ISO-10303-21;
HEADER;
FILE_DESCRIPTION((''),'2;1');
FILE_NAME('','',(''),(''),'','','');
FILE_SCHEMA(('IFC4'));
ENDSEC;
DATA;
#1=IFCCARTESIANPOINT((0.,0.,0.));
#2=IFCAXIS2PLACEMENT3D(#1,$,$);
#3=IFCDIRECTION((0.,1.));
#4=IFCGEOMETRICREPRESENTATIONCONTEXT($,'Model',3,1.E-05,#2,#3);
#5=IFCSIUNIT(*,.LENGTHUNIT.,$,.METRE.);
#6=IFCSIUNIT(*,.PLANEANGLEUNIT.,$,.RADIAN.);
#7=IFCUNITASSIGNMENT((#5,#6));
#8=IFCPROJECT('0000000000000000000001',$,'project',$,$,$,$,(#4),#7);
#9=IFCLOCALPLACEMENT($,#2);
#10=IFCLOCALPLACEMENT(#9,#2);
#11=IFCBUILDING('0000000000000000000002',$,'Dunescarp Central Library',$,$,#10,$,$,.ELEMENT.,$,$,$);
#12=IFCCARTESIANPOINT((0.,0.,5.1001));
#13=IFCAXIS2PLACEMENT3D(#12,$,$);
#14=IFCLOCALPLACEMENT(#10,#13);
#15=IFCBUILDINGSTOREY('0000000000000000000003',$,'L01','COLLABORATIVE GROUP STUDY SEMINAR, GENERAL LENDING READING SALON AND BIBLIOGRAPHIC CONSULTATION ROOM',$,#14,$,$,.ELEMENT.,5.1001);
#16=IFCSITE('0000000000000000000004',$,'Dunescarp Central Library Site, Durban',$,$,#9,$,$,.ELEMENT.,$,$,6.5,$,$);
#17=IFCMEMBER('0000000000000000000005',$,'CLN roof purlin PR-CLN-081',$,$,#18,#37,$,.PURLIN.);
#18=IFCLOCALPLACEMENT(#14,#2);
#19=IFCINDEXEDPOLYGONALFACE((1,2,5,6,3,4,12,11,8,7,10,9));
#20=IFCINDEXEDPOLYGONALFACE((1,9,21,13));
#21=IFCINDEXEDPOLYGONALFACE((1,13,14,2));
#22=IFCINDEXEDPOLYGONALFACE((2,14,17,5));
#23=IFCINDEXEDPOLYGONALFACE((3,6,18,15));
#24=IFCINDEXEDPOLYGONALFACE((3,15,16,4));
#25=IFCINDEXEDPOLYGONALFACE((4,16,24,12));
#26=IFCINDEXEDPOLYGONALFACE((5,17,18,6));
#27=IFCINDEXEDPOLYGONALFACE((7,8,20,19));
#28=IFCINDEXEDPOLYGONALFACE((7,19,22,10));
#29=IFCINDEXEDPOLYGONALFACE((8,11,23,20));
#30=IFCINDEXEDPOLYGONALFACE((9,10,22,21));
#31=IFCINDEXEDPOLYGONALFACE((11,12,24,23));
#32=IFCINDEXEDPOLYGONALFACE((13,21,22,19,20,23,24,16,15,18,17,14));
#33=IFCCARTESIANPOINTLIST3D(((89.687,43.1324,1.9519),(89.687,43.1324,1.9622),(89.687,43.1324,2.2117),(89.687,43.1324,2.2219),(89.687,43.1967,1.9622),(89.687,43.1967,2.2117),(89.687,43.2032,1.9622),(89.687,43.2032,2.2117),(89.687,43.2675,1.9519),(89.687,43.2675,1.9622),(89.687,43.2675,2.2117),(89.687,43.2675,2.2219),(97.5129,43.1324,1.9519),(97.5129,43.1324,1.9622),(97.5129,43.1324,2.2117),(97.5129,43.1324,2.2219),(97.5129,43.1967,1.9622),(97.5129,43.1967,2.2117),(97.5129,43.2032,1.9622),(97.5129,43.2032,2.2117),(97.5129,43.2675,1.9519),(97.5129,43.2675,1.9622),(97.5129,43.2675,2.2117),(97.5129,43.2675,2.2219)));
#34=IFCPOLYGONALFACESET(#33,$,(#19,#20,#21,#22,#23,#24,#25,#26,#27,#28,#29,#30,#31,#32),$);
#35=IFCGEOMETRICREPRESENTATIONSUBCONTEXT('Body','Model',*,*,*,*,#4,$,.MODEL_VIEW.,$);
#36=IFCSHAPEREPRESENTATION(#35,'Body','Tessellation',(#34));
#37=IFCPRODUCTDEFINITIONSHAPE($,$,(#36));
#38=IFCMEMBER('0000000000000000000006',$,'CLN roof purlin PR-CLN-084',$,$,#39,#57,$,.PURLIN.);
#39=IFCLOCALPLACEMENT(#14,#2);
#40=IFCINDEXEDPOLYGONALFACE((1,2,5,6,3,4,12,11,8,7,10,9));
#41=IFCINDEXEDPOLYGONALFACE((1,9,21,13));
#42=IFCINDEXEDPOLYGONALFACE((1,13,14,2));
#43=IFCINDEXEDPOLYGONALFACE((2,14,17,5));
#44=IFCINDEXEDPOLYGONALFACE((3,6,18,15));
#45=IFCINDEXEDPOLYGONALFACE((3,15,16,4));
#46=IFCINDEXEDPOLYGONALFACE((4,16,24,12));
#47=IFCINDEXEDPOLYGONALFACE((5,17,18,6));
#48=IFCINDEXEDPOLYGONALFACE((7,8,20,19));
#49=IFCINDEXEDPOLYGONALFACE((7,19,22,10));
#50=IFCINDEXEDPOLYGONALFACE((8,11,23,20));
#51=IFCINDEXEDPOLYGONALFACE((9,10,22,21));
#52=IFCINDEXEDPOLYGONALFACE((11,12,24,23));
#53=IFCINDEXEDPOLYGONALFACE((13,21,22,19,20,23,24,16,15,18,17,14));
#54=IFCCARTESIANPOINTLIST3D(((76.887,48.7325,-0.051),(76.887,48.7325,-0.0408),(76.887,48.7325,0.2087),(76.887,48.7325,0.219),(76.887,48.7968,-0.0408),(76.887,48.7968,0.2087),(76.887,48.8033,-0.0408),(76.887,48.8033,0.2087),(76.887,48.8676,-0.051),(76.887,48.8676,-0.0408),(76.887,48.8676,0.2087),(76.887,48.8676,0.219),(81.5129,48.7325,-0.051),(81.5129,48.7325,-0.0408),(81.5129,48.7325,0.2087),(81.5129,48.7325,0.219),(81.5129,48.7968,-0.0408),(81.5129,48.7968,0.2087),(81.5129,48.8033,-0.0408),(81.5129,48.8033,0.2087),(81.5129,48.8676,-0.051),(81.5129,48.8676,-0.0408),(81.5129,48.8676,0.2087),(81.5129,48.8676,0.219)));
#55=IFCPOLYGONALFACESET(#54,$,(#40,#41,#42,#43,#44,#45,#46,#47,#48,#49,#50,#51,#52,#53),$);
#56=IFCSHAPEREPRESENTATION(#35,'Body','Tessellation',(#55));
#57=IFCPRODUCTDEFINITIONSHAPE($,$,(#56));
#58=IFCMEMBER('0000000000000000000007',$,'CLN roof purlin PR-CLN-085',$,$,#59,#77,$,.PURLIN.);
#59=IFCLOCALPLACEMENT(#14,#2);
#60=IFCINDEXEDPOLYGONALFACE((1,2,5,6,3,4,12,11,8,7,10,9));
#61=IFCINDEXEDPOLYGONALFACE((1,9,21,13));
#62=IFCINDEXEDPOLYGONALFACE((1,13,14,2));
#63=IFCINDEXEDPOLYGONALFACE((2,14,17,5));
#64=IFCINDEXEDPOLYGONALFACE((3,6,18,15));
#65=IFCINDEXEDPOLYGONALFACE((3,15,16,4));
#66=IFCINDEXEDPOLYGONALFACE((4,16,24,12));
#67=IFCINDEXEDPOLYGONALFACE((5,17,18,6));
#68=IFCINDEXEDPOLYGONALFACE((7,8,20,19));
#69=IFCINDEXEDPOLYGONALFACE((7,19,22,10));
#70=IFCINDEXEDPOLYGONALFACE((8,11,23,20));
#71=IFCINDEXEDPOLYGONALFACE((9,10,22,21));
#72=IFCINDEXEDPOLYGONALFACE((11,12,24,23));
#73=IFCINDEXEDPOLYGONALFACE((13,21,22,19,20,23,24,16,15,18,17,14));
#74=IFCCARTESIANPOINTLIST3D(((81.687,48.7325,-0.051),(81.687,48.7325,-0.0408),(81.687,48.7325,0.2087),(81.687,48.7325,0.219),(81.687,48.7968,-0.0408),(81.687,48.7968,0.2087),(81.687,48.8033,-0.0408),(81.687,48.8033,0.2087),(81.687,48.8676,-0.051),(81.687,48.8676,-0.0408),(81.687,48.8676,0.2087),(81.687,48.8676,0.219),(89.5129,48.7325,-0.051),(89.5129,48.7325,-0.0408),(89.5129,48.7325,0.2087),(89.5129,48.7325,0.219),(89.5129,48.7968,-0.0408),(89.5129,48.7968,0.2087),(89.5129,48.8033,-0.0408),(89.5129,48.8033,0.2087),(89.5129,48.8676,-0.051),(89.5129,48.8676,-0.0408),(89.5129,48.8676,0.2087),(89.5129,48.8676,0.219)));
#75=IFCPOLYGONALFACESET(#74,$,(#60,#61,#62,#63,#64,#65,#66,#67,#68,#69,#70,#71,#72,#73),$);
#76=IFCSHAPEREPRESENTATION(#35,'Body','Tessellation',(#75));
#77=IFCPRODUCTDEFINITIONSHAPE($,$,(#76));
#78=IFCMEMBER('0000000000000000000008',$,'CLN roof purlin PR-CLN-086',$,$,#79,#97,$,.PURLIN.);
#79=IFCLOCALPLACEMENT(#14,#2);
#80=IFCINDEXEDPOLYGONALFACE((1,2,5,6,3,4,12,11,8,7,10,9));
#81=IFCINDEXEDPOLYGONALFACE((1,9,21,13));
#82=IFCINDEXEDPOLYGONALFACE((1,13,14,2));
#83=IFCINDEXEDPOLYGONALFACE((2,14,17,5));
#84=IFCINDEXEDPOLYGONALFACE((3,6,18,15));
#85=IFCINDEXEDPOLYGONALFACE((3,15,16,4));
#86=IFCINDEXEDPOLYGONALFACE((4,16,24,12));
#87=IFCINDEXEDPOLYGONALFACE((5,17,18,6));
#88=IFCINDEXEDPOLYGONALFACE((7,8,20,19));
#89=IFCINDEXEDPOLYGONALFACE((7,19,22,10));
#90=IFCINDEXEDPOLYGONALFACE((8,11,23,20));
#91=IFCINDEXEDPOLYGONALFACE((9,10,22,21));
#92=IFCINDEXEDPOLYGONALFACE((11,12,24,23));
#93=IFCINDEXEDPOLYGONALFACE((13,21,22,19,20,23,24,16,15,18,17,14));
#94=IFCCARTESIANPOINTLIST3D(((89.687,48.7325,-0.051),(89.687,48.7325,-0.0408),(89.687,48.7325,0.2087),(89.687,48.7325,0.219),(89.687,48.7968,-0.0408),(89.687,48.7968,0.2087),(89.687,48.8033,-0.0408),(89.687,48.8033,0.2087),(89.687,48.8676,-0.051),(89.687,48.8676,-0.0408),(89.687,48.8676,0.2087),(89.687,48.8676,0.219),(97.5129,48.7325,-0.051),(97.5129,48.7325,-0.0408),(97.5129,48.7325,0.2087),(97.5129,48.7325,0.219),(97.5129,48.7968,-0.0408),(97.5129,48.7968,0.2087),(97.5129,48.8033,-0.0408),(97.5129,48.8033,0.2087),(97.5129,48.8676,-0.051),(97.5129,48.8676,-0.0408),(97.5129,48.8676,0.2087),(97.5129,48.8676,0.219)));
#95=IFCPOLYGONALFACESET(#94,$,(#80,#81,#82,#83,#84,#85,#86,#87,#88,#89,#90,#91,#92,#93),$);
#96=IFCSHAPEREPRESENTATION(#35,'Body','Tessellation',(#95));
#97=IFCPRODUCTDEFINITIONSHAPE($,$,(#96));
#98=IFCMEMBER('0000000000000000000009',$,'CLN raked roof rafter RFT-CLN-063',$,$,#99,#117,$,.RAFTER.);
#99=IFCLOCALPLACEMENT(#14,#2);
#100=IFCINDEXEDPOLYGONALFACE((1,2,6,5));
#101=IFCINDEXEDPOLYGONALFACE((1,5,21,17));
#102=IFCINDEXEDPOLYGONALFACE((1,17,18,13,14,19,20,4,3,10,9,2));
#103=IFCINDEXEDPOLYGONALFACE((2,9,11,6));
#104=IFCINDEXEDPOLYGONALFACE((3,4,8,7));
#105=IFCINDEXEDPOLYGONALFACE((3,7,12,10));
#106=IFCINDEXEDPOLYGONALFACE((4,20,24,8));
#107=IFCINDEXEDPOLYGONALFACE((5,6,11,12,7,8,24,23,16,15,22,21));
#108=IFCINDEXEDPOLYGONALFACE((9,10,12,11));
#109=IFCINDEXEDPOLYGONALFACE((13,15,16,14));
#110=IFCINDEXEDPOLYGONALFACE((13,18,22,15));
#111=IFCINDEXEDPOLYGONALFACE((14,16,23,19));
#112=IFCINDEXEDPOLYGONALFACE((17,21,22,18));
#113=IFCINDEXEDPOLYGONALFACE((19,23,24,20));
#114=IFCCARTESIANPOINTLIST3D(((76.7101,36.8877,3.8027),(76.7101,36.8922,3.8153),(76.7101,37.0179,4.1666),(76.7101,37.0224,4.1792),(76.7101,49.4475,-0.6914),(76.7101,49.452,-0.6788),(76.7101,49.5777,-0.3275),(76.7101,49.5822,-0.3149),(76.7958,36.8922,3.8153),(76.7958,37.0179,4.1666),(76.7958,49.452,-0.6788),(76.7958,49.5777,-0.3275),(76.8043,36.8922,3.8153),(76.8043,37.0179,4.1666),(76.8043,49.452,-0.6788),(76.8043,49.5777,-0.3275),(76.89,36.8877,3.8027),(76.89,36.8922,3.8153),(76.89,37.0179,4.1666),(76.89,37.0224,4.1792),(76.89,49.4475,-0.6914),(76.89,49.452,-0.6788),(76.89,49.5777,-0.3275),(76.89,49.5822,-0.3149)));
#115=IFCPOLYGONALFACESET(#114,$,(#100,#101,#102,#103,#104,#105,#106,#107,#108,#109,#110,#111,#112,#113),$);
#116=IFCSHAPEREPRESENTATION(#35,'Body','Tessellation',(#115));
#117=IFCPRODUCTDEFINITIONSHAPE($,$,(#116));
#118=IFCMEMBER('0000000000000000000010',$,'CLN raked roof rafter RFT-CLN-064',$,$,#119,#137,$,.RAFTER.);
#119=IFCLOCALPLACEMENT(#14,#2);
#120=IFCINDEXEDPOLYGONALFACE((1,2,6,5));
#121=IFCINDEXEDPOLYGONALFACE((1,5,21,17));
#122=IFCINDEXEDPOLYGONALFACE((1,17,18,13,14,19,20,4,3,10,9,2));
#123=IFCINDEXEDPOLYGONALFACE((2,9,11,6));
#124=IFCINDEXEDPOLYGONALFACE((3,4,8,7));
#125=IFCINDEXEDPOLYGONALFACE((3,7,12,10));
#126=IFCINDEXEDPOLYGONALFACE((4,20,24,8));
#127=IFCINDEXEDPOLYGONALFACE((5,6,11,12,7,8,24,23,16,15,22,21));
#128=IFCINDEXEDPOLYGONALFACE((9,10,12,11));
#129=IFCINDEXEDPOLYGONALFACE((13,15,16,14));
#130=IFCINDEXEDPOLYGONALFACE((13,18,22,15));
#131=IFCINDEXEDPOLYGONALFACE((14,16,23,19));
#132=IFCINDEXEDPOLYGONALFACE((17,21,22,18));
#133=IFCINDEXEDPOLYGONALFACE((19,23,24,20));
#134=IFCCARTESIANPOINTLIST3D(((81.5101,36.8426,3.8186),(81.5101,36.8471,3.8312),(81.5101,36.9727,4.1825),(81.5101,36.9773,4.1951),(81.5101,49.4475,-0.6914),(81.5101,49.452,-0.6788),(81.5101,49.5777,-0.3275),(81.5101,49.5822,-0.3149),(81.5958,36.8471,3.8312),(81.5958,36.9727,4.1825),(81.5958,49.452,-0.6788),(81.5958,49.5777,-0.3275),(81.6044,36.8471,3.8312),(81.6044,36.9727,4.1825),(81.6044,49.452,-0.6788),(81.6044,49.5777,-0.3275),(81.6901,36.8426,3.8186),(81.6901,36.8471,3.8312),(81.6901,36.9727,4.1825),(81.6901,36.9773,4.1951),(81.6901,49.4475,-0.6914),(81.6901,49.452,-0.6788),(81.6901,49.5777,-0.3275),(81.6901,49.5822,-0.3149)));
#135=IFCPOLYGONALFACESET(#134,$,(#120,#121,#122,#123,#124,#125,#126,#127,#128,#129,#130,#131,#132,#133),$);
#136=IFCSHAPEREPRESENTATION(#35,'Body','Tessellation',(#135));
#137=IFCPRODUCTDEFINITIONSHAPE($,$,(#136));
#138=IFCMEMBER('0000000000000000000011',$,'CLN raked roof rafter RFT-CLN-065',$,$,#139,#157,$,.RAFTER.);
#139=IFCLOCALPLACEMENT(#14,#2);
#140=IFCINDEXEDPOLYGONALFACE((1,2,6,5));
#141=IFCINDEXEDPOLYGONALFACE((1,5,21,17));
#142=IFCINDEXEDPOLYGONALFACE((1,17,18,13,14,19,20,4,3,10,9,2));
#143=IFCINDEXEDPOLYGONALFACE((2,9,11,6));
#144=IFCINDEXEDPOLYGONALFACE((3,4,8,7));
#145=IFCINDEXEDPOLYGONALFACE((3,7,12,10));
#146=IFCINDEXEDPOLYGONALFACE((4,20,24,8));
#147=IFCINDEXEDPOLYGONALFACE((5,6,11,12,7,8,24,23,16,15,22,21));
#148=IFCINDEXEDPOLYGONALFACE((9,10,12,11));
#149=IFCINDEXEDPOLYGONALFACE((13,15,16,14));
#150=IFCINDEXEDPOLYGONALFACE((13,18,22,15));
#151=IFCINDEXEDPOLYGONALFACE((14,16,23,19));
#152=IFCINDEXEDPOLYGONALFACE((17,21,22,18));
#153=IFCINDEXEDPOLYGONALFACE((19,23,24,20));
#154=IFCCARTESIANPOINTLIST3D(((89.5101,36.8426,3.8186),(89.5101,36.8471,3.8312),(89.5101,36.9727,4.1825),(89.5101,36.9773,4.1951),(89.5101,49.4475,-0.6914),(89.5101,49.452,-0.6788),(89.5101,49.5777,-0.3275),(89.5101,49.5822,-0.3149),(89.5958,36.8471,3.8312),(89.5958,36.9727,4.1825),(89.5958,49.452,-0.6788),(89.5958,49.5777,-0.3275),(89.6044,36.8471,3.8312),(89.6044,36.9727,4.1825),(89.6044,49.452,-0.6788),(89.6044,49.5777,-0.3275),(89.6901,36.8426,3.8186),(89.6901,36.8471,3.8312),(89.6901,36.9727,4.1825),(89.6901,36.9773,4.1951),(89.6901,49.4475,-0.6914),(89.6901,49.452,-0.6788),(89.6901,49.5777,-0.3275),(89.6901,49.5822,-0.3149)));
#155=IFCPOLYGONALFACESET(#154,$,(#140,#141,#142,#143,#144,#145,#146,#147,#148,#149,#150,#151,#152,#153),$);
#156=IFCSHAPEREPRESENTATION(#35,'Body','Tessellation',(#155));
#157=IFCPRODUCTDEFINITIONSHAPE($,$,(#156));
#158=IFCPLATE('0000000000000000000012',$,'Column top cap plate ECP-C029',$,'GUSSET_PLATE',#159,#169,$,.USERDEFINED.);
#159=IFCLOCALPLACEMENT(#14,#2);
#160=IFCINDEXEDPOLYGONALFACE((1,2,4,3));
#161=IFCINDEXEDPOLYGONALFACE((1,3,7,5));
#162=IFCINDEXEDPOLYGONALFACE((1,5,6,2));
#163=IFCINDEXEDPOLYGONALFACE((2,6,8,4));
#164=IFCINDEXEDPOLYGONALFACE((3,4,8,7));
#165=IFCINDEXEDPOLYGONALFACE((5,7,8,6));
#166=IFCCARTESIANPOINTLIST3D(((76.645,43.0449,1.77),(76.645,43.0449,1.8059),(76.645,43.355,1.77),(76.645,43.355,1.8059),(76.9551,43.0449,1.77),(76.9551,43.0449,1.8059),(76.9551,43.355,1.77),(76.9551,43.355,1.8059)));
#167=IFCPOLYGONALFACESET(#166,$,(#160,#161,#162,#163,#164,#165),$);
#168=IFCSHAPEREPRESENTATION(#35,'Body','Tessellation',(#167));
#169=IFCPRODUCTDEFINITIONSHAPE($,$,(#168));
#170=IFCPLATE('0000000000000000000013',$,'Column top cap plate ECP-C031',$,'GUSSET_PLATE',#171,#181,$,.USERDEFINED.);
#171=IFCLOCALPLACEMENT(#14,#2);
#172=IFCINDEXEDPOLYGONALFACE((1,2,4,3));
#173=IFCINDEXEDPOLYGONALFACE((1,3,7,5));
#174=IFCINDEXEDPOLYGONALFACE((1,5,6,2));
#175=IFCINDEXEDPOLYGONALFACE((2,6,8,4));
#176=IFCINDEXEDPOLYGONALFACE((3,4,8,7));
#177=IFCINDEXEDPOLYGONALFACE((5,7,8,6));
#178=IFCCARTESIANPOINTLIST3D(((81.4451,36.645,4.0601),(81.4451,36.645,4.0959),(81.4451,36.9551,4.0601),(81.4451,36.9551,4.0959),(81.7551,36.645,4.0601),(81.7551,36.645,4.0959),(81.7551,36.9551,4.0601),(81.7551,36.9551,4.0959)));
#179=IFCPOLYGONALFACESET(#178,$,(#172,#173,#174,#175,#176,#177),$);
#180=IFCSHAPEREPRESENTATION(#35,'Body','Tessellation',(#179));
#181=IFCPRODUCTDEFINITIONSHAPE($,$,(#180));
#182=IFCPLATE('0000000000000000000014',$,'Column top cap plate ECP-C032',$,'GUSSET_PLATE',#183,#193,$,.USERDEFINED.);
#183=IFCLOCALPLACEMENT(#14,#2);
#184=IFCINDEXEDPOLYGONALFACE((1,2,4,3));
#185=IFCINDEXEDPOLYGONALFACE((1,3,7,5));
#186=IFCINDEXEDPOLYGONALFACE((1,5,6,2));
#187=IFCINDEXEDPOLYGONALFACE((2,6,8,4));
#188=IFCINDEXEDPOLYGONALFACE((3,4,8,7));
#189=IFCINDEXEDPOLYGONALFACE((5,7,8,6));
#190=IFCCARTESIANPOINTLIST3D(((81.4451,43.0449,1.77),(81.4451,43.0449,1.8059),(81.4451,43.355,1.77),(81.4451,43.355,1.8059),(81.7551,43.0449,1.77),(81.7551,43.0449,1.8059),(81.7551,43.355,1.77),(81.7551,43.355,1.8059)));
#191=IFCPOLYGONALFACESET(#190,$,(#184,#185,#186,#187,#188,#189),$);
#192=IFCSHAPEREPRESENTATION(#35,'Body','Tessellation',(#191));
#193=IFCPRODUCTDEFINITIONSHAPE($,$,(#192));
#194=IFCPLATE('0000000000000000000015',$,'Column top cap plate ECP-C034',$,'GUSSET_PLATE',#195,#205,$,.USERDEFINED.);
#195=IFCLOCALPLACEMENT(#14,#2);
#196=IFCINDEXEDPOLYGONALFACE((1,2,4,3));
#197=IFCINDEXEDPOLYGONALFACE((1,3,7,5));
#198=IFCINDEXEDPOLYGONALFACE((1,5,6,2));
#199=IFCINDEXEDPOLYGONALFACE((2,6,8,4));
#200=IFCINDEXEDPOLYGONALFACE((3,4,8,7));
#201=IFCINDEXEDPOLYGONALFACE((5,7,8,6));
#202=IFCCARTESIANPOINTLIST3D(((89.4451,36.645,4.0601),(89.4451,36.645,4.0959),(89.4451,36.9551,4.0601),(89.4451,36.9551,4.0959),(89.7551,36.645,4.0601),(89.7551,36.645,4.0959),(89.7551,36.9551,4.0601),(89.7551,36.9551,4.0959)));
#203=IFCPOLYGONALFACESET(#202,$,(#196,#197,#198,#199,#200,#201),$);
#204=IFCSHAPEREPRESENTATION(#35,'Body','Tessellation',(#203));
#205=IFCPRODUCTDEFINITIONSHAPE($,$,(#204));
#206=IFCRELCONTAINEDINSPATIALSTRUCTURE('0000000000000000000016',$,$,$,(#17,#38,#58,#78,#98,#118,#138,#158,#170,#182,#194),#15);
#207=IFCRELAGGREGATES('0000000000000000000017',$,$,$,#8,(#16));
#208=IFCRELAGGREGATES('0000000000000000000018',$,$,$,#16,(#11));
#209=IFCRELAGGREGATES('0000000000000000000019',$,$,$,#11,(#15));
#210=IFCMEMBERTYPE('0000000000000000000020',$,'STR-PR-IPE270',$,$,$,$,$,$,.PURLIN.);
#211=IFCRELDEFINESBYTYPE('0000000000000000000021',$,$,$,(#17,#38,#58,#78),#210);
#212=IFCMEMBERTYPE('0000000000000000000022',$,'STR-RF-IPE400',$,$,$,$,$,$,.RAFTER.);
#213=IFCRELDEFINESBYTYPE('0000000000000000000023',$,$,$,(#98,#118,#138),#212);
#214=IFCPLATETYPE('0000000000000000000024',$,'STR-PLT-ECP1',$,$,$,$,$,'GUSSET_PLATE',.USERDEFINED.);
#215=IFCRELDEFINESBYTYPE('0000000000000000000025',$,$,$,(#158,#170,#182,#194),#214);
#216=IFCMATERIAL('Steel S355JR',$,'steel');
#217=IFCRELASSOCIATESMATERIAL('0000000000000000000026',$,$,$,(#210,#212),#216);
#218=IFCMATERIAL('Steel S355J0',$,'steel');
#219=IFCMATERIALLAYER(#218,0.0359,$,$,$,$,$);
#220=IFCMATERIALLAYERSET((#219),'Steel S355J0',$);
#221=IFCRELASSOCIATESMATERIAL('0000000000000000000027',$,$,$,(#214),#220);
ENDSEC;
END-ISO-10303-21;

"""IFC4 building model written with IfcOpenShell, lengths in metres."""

from ifc_helpers import new_model, si_unit, direction, frame, origin, origin_2d, place, context, subcontext, project, spatial, rectangle, i_section, extrude, material, layer, layer_set, material_profile, profile_set, type_object, element, save


model = new_model("IFC4")

# Units and contexts
model_context = context("Model", 3, precision=1e-05, world=origin(), true_north=direction((0.0, 1.0)))
body_context = subcontext(model_context, "Body", "Model", "MODEL_VIEW")
ifc_project = project(units=[si_unit("LENGTHUNIT", "METRE"), si_unit("PLANEANGLEUNIT", "RADIAN")], contexts=[model_context])

# Site, building, storey
site_placement = place(None, origin())
site = spatial("IfcSite", under=ifc_project, at=site_placement, Name="Dunescarp Central Library Site, Durban", CompositionType="ELEMENT", RefElevation=6.5)
building_placement = place(site_placement, origin())
building = spatial("IfcBuilding", under=site, at=building_placement, Name="Dunescarp Central Library", CompositionType="ELEMENT")
storey_placement = place(building_placement, frame((0.0, 0.0, 5.1001)))
storey = spatial("IfcBuildingStorey", under=building, at=storey_placement, Name="L01", Description="COLLABORATIVE GROUP STUDY SEMINAR, GENERAL LENDING READING SALON AND BIBLIOGRAPHIC CONSULTATION ROOM", CompositionType="ELEMENT", Elevation=5.1001)

# Shared definitions
ifc_material_1 = material(Name="Steel S355J0", Category="steel")

# Members
ifc_material_2 = material(Name="Steel S355JR", Category="steel")
ifc_material_profile_1 = material_profile(ifc_material_2, i_section(OverallWidth=0.135, OverallDepth=0.27, WebThickness=0.0066, FlangeThickness=0.0103, at=origin_2d()), Name="IPE 270")
ifc_profile_set_1 = profile_set([ifc_material_profile_1], Name="Steel S355JR")
member_type_1 = type_object("IfcMemberType", Name="STR-PR-IPE270", PredefinedType="PURLIN", material=ifc_profile_set_1)
for number, where, z_axis, x_axis, name in (
    (1, (89.687, 43.2, 2.0869), (1.0, 0.0, 0.0), (0.0, 1.0, 0.0), "CLN roof purlin PR-CLN-081"),
):
    element("IfcMember", number, at=place(storey_placement, frame(where, z_axis=z_axis, x_axis=x_axis)), inside=storey, type_object=member_type_1, Name=name, PredefinedType="PURLIN", context=body_context, shape_type="SweptSolid", body=[
        extrude(i_section(OverallWidth=0.135, OverallDepth=0.27, WebThickness=0.0066, FlangeThickness=0.0103, at=origin_2d()), origin(), (0.0, 0.0, 1.0), 7.8259),
    ])
member_1_placement = place(storey_placement, frame((76.887, 48.8, 0.084), z_axis=(1.0, 0.0, 0.0), x_axis=(0.0, 1.0, 0.0)))
element("IfcMember", 2, at=member_1_placement, inside=storey, type_object=member_type_1, Name="CLN roof purlin PR-CLN-084", PredefinedType="PURLIN", context=body_context, shape_type="SweptSolid", body=[
    extrude(i_section(OverallWidth=0.135, OverallDepth=0.27, WebThickness=0.0066, FlangeThickness=0.0103, at=origin_2d()), origin(), (0.0, 0.0, 1.0), 4.626),
])
for number, where, z_axis, x_axis, name in (
    (3, (81.687, 48.8, 0.084), (1.0, 0.0, 0.0), (0.0, 1.0, 0.0), "CLN roof purlin PR-CLN-085"),
    (4, (89.687, 48.8, 0.084), (1.0, 0.0, 0.0), (0.0, 1.0, 0.0), "CLN roof purlin PR-CLN-086"),
):
    element("IfcMember", number, at=place(storey_placement, frame(where, z_axis=z_axis, x_axis=x_axis)), inside=storey, type_object=member_type_1, Name=name, PredefinedType="PURLIN", context=body_context, shape_type="SweptSolid", body=[
        extrude(i_section(OverallWidth=0.135, OverallDepth=0.27, WebThickness=0.0066, FlangeThickness=0.0103, at=origin_2d()), origin(), (0.0, 0.0, 1.0), 7.8259),
    ])
ifc_material_profile_2 = material_profile(ifc_material_2, i_section(OverallWidth=0.1799, OverallDepth=0.3999, WebThickness=0.0085, FlangeThickness=0.0134, at=origin_2d()), Name="IPE 400")
ifc_profile_set_2 = profile_set([ifc_material_profile_2], Name="Steel S355JR")
member_type_2 = type_object("IfcMemberType", Name="STR-RF-IPE400", PredefinedType="RAFTER", material=ifc_profile_set_2)
member_2_placement = place(storey_placement, frame((76.8, 36.9551, 3.991), z_axis=(0.0, 0.94154, -0.336901), x_axis=(-1.0, 0.0, 0.0)))
element("IfcMember", 5, at=member_2_placement, inside=storey, type_object=member_type_2, Name="CLN raked roof rafter RFT-CLN-063", PredefinedType="RAFTER", context=body_context, shape_type="SweptSolid", body=[
    extrude(i_section(OverallWidth=0.1799, OverallDepth=0.3999, WebThickness=0.0085, FlangeThickness=0.0134, at=origin_2d()), origin(), (0.0, 0.0, 1.0), 13.3396),
])
for number, where, z_axis, x_axis, name in (
    (6, (81.6001, 36.9099, 4.0068), (0.0, 0.941547, -0.336882), (-1.0, 0.0, 0.0), "CLN raked roof rafter RFT-CLN-064"),
    (7, (89.6001, 36.9099, 4.0068), (0.0, 0.941547, -0.336882), (-1.0, 0.0, 0.0), "CLN raked roof rafter RFT-CLN-065"),
):
    element("IfcMember", number, at=place(storey_placement, frame(where, z_axis=z_axis, x_axis=x_axis)), inside=storey, type_object=member_type_2, Name=name, PredefinedType="RAFTER", context=body_context, shape_type="SweptSolid", body=[
        extrude(i_section(OverallWidth=0.1799, OverallDepth=0.3999, WebThickness=0.0085, FlangeThickness=0.0134, at=origin_2d()), origin(), (0.0, 0.0, 1.0), 13.3875),
    ])

# Plates
ifc_layer_1 = layer(ifc_material_1, 0.0359)
ifc_layer_set_1 = layer_set([ifc_layer_1], Name="Steel S355J0")
plate_type = type_object("IfcPlateType", Name="STR-PLT-ECP1", ElementType="GUSSET_PLATE", PredefinedType="USERDEFINED", material=ifc_layer_set_1)
for number, where, z_axis, x_axis, name in (
    (8, (76.8, 43.2, 1.77), (0.0, 0.0, 1.0), (1.0, 0.0, 0.0), "Column top cap plate ECP-C029"),
    (9, (81.6001, 36.8, 4.0601), (0.0, 0.0, 1.0), (1.0, 0.0, 0.0), "Column top cap plate ECP-C031"),
    (10, (81.6001, 43.2, 1.77), (0.0, 0.0, 1.0), (1.0, 0.0, 0.0), "Column top cap plate ECP-C032"),
    (11, (89.6001, 36.8, 4.0601), (0.0, 0.0, 1.0), (1.0, 0.0, 0.0), "Column top cap plate ECP-C034"),
):
    element("IfcPlate", number, at=place(storey_placement, frame(where, z_axis=z_axis, x_axis=x_axis)), inside=storey, type_object=plate_type, Name=name, ObjectType="GUSSET_PLATE", PredefinedType="USERDEFINED", context=body_context, shape_type="SweptSolid", body=[
        extrude(rectangle(XDim=0.3101, YDim=0.3101, at=origin_2d()), origin(), (0.0, 0.0, 1.0), 0.0359),
    ])

save(model, "model.ifc")
